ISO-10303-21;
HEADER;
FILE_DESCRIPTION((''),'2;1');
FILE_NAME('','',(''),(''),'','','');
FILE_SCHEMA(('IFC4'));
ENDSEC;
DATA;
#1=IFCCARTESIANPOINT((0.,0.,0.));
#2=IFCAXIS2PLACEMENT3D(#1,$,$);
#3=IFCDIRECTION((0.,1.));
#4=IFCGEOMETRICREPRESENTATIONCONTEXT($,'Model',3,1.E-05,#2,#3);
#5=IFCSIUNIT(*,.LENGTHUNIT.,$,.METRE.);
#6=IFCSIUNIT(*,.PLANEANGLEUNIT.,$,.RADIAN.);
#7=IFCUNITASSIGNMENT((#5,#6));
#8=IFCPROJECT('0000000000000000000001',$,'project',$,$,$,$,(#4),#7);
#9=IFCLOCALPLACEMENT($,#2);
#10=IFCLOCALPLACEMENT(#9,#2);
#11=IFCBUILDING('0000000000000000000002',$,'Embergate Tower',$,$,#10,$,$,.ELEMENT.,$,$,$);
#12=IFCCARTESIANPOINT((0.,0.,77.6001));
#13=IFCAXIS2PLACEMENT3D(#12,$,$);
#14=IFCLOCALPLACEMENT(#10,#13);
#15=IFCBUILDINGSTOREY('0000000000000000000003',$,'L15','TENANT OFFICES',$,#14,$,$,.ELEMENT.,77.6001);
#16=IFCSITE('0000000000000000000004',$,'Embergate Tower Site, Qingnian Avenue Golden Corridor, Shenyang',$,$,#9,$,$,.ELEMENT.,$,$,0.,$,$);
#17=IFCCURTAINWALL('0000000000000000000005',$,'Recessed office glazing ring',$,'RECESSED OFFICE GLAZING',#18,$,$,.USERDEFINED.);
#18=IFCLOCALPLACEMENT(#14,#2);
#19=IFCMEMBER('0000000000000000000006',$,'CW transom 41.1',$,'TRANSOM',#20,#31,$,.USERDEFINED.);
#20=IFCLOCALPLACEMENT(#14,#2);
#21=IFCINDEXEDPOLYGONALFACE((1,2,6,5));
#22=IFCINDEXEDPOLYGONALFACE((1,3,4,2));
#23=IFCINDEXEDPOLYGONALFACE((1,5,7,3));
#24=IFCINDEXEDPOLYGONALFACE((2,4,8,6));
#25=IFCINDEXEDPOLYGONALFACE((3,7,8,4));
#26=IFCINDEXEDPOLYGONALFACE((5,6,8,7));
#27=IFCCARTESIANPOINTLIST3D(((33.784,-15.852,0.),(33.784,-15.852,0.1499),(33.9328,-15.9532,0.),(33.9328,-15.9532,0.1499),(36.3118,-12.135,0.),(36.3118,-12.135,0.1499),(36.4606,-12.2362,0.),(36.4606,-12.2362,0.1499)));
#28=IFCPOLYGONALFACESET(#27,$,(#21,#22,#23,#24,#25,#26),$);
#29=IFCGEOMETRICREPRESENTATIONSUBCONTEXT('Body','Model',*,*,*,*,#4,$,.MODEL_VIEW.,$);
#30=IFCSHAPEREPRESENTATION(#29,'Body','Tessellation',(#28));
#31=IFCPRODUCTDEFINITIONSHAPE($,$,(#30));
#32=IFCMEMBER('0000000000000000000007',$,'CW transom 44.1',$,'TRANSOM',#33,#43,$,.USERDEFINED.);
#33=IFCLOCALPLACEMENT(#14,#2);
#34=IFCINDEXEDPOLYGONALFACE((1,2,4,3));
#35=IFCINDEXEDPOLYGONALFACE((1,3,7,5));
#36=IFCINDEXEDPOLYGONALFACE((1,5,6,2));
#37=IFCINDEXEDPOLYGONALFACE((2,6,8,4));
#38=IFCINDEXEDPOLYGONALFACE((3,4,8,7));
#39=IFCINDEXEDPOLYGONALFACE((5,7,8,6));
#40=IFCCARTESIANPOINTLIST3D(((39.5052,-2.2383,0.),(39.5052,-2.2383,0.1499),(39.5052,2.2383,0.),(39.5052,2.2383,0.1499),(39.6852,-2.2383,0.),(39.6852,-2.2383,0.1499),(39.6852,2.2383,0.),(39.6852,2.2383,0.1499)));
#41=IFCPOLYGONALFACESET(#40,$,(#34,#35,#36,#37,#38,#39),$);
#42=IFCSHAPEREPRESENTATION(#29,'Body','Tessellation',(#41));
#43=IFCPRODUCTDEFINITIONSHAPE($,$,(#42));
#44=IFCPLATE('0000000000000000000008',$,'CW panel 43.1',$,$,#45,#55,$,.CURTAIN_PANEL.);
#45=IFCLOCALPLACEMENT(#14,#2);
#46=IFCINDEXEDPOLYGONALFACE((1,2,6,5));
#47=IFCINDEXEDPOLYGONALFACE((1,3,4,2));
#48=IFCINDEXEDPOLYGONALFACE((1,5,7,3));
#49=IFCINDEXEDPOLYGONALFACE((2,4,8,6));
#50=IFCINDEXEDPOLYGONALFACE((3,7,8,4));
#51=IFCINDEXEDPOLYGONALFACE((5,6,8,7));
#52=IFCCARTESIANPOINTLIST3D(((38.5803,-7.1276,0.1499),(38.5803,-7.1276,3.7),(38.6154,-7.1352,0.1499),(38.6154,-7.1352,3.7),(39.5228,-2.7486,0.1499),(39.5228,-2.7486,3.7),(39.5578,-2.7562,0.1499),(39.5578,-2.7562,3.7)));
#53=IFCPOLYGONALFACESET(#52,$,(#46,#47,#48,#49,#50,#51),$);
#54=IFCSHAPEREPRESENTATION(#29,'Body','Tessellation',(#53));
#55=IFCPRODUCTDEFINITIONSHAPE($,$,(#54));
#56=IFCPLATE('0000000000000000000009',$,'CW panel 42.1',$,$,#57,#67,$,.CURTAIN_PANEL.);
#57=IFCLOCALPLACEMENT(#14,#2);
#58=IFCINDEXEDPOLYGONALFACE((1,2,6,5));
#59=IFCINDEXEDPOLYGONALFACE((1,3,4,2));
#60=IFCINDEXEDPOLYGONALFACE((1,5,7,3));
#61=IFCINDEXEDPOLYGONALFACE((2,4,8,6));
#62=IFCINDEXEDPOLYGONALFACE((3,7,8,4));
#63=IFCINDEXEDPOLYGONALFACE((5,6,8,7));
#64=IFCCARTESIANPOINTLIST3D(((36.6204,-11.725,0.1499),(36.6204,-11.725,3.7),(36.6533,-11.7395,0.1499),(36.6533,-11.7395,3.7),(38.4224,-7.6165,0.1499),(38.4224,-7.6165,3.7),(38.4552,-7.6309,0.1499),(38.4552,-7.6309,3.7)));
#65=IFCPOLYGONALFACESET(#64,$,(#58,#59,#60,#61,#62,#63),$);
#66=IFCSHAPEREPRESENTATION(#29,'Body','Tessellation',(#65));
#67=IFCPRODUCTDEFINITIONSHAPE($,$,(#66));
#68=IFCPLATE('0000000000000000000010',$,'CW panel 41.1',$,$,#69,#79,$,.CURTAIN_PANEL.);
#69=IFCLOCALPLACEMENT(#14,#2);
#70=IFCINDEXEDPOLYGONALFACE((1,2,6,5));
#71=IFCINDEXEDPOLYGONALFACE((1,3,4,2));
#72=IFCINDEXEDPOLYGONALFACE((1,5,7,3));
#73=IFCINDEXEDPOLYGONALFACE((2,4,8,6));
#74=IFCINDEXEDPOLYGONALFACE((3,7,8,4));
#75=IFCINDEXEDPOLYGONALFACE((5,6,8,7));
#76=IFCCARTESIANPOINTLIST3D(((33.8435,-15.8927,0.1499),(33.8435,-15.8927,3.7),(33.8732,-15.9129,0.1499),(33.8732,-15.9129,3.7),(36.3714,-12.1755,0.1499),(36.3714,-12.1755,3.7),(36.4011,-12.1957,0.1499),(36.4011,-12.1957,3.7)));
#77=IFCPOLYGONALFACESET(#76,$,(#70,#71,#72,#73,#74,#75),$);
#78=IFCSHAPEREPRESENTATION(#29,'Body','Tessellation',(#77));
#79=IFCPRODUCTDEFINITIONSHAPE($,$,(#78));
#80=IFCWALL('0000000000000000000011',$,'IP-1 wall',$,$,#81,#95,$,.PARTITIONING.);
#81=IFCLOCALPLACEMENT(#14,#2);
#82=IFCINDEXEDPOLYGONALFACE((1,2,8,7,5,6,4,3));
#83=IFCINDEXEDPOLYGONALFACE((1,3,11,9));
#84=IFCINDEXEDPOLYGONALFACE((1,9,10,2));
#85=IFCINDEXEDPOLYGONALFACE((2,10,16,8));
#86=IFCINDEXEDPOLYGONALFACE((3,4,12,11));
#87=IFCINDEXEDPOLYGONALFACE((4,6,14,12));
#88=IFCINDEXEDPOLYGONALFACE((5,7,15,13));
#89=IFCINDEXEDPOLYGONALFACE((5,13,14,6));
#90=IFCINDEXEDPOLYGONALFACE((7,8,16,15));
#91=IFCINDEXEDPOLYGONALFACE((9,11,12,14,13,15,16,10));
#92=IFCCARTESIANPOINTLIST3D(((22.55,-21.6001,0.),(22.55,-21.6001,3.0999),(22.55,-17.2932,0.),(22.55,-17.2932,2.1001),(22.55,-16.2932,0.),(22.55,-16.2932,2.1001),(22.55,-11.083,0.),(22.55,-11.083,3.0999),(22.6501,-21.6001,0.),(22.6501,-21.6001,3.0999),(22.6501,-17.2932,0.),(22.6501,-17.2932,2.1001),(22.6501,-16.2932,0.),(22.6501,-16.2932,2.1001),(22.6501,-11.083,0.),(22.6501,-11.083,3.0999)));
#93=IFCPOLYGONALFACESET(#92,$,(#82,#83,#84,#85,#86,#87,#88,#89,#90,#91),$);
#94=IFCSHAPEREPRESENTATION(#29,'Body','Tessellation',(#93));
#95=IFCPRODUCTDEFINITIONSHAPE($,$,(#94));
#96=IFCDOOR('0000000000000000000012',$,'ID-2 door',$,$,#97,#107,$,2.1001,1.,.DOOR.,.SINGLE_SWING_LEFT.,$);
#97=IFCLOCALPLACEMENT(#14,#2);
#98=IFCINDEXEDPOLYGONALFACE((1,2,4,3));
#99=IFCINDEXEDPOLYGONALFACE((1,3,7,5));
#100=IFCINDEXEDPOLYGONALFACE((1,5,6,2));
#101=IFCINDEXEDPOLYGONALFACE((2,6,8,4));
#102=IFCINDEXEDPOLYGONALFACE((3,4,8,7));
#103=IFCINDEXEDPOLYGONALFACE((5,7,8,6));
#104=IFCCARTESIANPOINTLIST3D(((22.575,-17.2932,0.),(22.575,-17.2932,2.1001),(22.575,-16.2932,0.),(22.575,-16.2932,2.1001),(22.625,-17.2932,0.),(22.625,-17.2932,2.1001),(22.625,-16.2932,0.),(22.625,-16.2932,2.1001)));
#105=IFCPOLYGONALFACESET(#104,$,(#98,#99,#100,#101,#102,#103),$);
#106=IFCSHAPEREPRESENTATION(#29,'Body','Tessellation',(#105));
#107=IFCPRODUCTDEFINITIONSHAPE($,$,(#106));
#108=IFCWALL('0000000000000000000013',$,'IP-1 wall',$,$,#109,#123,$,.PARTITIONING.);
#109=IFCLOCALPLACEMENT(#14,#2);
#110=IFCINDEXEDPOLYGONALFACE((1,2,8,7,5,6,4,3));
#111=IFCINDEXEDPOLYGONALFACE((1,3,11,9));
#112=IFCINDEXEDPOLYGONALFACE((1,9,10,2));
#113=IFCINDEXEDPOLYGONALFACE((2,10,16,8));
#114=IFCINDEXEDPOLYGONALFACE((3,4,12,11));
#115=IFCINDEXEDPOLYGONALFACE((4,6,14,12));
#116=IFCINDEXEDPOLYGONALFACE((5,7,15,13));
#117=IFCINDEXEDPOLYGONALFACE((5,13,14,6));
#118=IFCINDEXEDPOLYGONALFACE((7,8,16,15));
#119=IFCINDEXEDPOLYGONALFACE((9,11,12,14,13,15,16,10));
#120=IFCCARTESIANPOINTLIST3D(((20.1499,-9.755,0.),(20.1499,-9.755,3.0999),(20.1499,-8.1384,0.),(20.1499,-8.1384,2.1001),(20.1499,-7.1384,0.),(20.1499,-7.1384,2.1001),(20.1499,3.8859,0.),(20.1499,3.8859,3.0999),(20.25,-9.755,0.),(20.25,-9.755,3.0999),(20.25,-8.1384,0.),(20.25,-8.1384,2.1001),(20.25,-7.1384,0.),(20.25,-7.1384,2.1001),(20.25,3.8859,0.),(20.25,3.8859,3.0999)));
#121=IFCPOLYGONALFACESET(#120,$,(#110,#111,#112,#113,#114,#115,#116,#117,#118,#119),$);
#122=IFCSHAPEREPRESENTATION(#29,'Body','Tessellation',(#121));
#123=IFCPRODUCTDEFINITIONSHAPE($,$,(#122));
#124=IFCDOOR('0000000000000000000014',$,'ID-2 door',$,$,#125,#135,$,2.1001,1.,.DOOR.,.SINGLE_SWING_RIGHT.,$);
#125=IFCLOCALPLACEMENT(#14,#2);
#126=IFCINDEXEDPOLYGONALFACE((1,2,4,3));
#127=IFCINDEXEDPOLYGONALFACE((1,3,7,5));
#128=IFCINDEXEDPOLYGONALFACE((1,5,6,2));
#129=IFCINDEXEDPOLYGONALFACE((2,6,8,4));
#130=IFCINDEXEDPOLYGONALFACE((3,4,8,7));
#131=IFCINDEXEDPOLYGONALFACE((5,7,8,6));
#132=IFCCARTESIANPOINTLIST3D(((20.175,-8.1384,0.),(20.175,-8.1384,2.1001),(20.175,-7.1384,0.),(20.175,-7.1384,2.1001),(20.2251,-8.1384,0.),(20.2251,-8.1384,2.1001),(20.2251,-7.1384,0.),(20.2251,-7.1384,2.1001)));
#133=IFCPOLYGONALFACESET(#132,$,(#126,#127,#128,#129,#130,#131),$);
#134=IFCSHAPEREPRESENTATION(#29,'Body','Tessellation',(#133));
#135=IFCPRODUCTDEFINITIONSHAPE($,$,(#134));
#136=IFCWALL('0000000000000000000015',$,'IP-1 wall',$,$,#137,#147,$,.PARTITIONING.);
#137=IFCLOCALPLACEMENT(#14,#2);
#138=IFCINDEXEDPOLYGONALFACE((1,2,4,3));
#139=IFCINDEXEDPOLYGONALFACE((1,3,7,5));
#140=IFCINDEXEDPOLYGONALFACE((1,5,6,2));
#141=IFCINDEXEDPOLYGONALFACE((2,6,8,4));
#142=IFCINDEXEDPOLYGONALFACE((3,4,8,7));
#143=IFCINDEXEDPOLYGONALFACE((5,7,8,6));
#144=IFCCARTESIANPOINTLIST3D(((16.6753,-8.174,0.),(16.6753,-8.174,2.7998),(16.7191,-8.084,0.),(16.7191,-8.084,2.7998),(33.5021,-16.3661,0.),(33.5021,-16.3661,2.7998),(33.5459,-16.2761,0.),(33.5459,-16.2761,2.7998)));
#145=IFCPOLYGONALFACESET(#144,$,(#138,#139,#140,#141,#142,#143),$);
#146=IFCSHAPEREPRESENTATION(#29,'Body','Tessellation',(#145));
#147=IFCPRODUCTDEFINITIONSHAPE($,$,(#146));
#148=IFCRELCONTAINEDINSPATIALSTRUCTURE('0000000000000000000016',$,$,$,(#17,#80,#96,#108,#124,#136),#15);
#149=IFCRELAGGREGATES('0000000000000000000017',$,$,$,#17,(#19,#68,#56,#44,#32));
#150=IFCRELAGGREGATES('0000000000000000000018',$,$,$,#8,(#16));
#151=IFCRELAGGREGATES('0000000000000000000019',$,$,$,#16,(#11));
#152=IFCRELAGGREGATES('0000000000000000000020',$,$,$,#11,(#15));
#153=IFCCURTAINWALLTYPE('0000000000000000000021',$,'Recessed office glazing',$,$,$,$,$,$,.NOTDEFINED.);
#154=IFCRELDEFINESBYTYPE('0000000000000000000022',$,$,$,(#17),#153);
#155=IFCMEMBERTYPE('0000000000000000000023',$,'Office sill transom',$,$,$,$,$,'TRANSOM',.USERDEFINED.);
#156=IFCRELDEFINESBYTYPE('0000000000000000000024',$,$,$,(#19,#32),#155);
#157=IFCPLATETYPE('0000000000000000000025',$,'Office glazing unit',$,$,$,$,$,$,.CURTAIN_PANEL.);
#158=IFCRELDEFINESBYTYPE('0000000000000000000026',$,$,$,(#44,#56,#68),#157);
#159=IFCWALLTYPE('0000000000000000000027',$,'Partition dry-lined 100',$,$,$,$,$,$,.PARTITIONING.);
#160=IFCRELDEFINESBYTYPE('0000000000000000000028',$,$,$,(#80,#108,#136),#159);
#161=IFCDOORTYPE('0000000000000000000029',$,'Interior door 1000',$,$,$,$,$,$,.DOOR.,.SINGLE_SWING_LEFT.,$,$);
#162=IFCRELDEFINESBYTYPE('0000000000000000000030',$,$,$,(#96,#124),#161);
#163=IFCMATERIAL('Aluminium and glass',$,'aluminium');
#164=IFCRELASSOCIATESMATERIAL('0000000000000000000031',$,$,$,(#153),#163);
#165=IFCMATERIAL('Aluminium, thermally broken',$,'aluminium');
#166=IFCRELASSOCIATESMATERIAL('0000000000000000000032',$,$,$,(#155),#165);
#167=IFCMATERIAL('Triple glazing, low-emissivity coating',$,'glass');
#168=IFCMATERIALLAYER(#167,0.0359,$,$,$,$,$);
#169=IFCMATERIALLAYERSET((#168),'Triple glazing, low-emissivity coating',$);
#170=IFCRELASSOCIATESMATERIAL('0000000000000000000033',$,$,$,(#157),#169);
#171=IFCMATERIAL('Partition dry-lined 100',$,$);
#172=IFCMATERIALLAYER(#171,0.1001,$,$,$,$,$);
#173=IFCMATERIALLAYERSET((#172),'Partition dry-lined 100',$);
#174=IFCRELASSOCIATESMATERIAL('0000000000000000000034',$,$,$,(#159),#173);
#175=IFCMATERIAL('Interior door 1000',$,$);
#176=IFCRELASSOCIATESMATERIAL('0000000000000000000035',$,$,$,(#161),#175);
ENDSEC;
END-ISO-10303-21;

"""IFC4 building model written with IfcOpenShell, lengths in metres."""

from ifc_helpers import new_model, si_unit, direction, frame, frame_2d, origin, origin_2d, place, context, subcontext, project, spatial, rectangle, extrude, source, transform, mapped, material, layer, layer_set, material_profile, profile_set, type_object, element, fill, aggregate, save


model = new_model("IFC4")

# Units and contexts
model_context = context("Model", 3, precision=1e-05, world=origin(), true_north=direction((0.0, 1.0)))
body_context = subcontext(model_context, "Body", "Model", "MODEL_VIEW")
ifc_project = project(units=[si_unit("LENGTHUNIT", "METRE"), si_unit("PLANEANGLEUNIT", "RADIAN")], contexts=[model_context])

# Site, building, storey
site_placement = place(None, origin())
site = spatial("IfcSite", under=ifc_project, at=site_placement, Name="Embergate Tower Site, Qingnian Avenue Golden Corridor, Shenyang", CompositionType="ELEMENT", RefElevation=0.0)
building_placement = place(site_placement, origin())
building = spatial("IfcBuilding", under=site, at=building_placement, Name="Embergate Tower", CompositionType="ELEMENT")
storey_placement = place(building_placement, frame((0.0, 0.0, 77.6001)))
storey = spatial("IfcBuildingStorey", under=building, at=storey_placement, Name="L15", Description="TENANT OFFICES", CompositionType="ELEMENT", Elevation=77.6001)

# Curtain wall, members, plates
ifc_material_1 = material(Name="Aluminium and glass", Category="aluminium")
curtain_wall_type = type_object("IfcCurtainWallType", Name="Recessed office glazing", PredefinedType="NOTDEFINED", material=ifc_material_1)
curtain_wall_placement = place(storey_placement, origin())
curtain_wall = element("IfcCurtainWall", 1, at=curtain_wall_placement, inside=storey, type_object=curtain_wall_type, Name="Recessed office glazing ring", ObjectType="RECESSED OFFICE GLAZING", PredefinedType="USERDEFINED")
ifc_material_2 = material(Name="Aluminium, thermally broken", Category="aluminium")
ifc_material_profile_1 = material_profile(ifc_material_2, rectangle(XDim=0.1799, YDim=0.1499, at=origin_2d()), Name="AL 150x180")
ifc_profile_set_1 = profile_set([ifc_material_profile_1], Name="Aluminium, thermally broken")
member_type_1 = type_object("IfcMemberType", Name="Office sill transom", ElementType="TRANSOM", PredefinedType="USERDEFINED", material=ifc_profile_set_1)
shared_shape_1 = source(origin(), body_context, "Body", "SweptSolid", [
    extrude(rectangle(XDim=0.1799, YDim=0.1499, at=origin_2d()), origin(), (0.0, 0.0, 1.0), 4.4951),
])
member_1_placement = place(storey_placement, frame((33.8584, -15.9026, 0.075), z_axis=(0.562347, 0.826901, 0.0), x_axis=(-0.826901, 0.562347, 0.0)))
member_1 = element("IfcMember", 2, at=member_1_placement, type_object=member_type_1, Name="CW transom 41.1", ObjectType="TRANSOM", PredefinedType="USERDEFINED", context=body_context, shape_type="MappedRepresentation", body=[
    mapped(shared_shape_1, transform((0.0, 0.0, 0.0))),
])
shared_shape_2 = source(origin(), body_context, "Body", "SweptSolid", [
    extrude(rectangle(XDim=0.1799, YDim=0.1499, at=origin_2d()), origin(), (0.0, 0.0, 1.0), 4.4766),
])
member_2_placement = place(storey_placement, frame((39.5952, -2.2383, 0.075), z_axis=(0.0, 1.0, 0.0), x_axis=(-1.0, 0.0, 0.0)))
member_2 = element("IfcMember", 3, at=member_2_placement, type_object=member_type_1, Name="CW transom 44.1", ObjectType="TRANSOM", PredefinedType="USERDEFINED", context=body_context, shape_type="MappedRepresentation", body=[
    mapped(shared_shape_2, transform((0.0, 0.0, 0.0))),
])
ifc_material_3 = material(Name="Triple glazing, low-emissivity coating", Category="glass")
ifc_layer_1 = layer(ifc_material_3, 0.0359)
ifc_layer_set_1 = layer_set([ifc_layer_1], Name="Triple glazing, low-emissivity coating")
plate_type = type_object("IfcPlateType", Name="Office glazing unit", PredefinedType="CURTAIN_PANEL", material=ifc_layer_set_1)
shared_shape_3 = source(origin(), body_context, "Body", "SweptSolid", [
    extrude(rectangle(XDim=4.4792, YDim=0.0359, at=origin_2d()), origin(), (0.0, 0.0, 1.0), 3.55),
])
plate_1_placement = place(storey_placement, frame((39.0691, -4.9419, 0.1499), z_axis=(0.0, 0.0, 1.0), x_axis=(0.210395, 0.977616, 0.0)))
plate_1 = element("IfcPlate", 4, at=plate_1_placement, type_object=plate_type, Name="CW panel 43.1", PredefinedType="CURTAIN_PANEL", context=body_context, shape_type="MappedRepresentation", body=[
    mapped(shared_shape_3, transform((0.0, 0.0, 0.0))),
])
shared_shape_4 = source(origin(), body_context, "Body", "SweptSolid", [
    extrude(rectangle(XDim=4.4863, YDim=0.0359, at=origin_2d()), origin(), (0.0, 0.0, 1.0), 3.55),
])
plate_2_placement = place(storey_placement, frame((37.5378, -9.678, 0.1499), z_axis=(0.0, 0.0, 1.0), x_axis=(0.401647, 0.915794, 0.0)))
plate_2 = element("IfcPlate", 5, at=plate_2_placement, type_object=plate_type, Name="CW panel 42.1", PredefinedType="CURTAIN_PANEL", context=body_context, shape_type="MappedRepresentation", body=[
    mapped(shared_shape_4, transform((0.0, 0.0, 0.0))),
])
shared_shape_5 = source(origin(), body_context, "Body", "SweptSolid", [
    extrude(rectangle(XDim=4.4954, YDim=0.0359, at=origin_2d()), origin(), (0.0, 0.0, 1.0), 3.55),
])
plate_3_placement = place(storey_placement, frame((35.1223, -14.0442, 0.1499), z_axis=(0.0, 0.0, 1.0), x_axis=(0.562337, 0.826908, 0.0)))
plate_3 = element("IfcPlate", 6, at=plate_3_placement, type_object=plate_type, Name="CW panel 41.1", PredefinedType="CURTAIN_PANEL", context=body_context, shape_type="MappedRepresentation", body=[
    mapped(shared_shape_5, transform((0.0, 0.0, 0.0))),
])
aggregate(curtain_wall, [member_1, plate_3, plate_2, plate_1, member_2])

# Walls, openings, doors
ifc_material_4 = material(Name="Partition dry-lined 100")
ifc_layer_2 = layer(ifc_material_4, 0.1001)
ifc_layer_set_2 = layer_set([ifc_layer_2], Name="Partition dry-lined 100")
wall_type = type_object("IfcWallType", Name="Partition dry-lined 100", PredefinedType="PARTITIONING", material=ifc_layer_set_2)
shared_shape_6 = source(origin(), body_context, "Body", "SweptSolid", [
    extrude(rectangle(XDim=10.5171, YDim=0.1001, at=frame_2d((5.2585, 0.0))), origin(), (0.0, 0.0, 1.0), 3.0999),
])
wall_1_placement = place(storey_placement, frame((22.6001, -11.083, 0.0), z_axis=(0.0, 0.0, 1.0), x_axis=(0.0, -1.0, 0.0)))
wall_1 = element("IfcWall", 7, at=wall_1_placement, inside=storey, type_object=wall_type, Name="IP-1 wall", PredefinedType="PARTITIONING", context=body_context, shape_type="MappedRepresentation", body=[
    mapped(shared_shape_6, transform((0.0, 0.0, 0.0))),
])
shared_shape_7 = source(origin(), body_context, "Body", "SweptSolid", [
    extrude(rectangle(XDim=1.0, YDim=2.1001, at=frame_2d((0.5, 1.05))), frame((0.0, 0.0601, 0.0), z_axis=(0.0, -1.0, 0.0), x_axis=(1.0, 0.0, 0.0)), (0.0, 0.0, 1.0), 0.1201),
])
opening_1_placement = place(wall_1_placement, frame((5.2102, 0.0, 0.0)))
opening_1 = element("IfcOpeningElement", 8, at=opening_1_placement, cuts=wall_1, PredefinedType="OPENING", context=body_context, shape_type="MappedRepresentation", body=[
    mapped(shared_shape_7, transform((0.0, 0.0, 0.0))),
])
ifc_material_5 = material(Name="Interior door 1000")
door_type = type_object("IfcDoorType", Name="Interior door 1000", OperationType="SINGLE_SWING_LEFT", PredefinedType="DOOR", material=ifc_material_5)
shared_shape_8 = source(origin(), body_context, "Body", "SweptSolid", [
    extrude(rectangle(XDim=1.0, YDim=2.1001, at=frame_2d((0.5, 1.05))), frame((0.0, 0.0249, 0.0), z_axis=(0.0, -1.0, 0.0), x_axis=(1.0, 0.0, 0.0)), (0.0, 0.0, 1.0), 0.05),
])
door_1_placement = place(opening_1_placement, origin())
door_1 = element("IfcDoor", 9, at=door_1_placement, inside=storey, type_object=door_type, Name="ID-2 door", OperationType="SINGLE_SWING_LEFT", OverallHeight=2.1001, OverallWidth=1.0, PredefinedType="DOOR", context=body_context, shape_type="MappedRepresentation", body=[
    mapped(shared_shape_8, transform((0.0, 0.0, 0.0))),
])
fill(opening_1, door_1)
shared_shape_9 = source(origin(), body_context, "Body", "SweptSolid", [
    extrude(rectangle(XDim=13.6409, YDim=0.1001, at=frame_2d((6.8203, 0.0))), origin(), (0.0, 0.0, 1.0), 3.0999),
])
wall_2_placement = place(storey_placement, frame((20.2, -9.7549, 0.0), z_axis=(0.0, 0.0, 1.0), x_axis=(0.0, 1.0, 0.0)))
wall_2 = element("IfcWall", 10, at=wall_2_placement, inside=storey, type_object=wall_type, Name="IP-1 wall", PredefinedType="PARTITIONING", context=body_context, shape_type="MappedRepresentation", body=[
    mapped(shared_shape_9, transform((0.0, 0.0, 0.0))),
])
opening_2_placement = place(wall_2_placement, frame((1.6165, 0.0, 0.0)))
opening_2 = element("IfcOpeningElement", 11, at=opening_2_placement, cuts=wall_2, PredefinedType="OPENING", context=body_context, shape_type="MappedRepresentation", body=[
    mapped(shared_shape_7, transform((0.0, 0.0, 0.0))),
])
door_2_placement = place(opening_2_placement, origin())
door_2 = element("IfcDoor", 12, at=door_2_placement, inside=storey, type_object=door_type, Name="ID-2 door", OperationType="SINGLE_SWING_RIGHT", OverallHeight=2.1001, OverallWidth=1.0, PredefinedType="DOOR", context=body_context, shape_type="MappedRepresentation", body=[
    mapped(shared_shape_8, transform((0.0, 0.0, 0.0))),
])
fill(opening_2, door_2)

# Wall
shared_shape_10 = source(origin(), body_context, "Body", "SweptSolid", [
    extrude(rectangle(XDim=18.7151, YDim=0.1001, at=frame_2d((9.3574, 0.0))), origin(), (0.0, 0.0, 1.0), 2.7998),
])
wall_3_placement = place(storey_placement, frame((33.5239, -16.321, 0.0), z_axis=(0.0, 0.0, 1.0), x_axis=(-0.899107, 0.437728, 0.0)))
element("IfcWall", 13, at=wall_3_placement, inside=storey, type_object=wall_type, Name="IP-1 wall", PredefinedType="PARTITIONING", context=body_context, shape_type="MappedRepresentation", body=[
    mapped(shared_shape_10, transform((0.0, 0.0, 0.0))),
])

save(model, "model.ifc")
